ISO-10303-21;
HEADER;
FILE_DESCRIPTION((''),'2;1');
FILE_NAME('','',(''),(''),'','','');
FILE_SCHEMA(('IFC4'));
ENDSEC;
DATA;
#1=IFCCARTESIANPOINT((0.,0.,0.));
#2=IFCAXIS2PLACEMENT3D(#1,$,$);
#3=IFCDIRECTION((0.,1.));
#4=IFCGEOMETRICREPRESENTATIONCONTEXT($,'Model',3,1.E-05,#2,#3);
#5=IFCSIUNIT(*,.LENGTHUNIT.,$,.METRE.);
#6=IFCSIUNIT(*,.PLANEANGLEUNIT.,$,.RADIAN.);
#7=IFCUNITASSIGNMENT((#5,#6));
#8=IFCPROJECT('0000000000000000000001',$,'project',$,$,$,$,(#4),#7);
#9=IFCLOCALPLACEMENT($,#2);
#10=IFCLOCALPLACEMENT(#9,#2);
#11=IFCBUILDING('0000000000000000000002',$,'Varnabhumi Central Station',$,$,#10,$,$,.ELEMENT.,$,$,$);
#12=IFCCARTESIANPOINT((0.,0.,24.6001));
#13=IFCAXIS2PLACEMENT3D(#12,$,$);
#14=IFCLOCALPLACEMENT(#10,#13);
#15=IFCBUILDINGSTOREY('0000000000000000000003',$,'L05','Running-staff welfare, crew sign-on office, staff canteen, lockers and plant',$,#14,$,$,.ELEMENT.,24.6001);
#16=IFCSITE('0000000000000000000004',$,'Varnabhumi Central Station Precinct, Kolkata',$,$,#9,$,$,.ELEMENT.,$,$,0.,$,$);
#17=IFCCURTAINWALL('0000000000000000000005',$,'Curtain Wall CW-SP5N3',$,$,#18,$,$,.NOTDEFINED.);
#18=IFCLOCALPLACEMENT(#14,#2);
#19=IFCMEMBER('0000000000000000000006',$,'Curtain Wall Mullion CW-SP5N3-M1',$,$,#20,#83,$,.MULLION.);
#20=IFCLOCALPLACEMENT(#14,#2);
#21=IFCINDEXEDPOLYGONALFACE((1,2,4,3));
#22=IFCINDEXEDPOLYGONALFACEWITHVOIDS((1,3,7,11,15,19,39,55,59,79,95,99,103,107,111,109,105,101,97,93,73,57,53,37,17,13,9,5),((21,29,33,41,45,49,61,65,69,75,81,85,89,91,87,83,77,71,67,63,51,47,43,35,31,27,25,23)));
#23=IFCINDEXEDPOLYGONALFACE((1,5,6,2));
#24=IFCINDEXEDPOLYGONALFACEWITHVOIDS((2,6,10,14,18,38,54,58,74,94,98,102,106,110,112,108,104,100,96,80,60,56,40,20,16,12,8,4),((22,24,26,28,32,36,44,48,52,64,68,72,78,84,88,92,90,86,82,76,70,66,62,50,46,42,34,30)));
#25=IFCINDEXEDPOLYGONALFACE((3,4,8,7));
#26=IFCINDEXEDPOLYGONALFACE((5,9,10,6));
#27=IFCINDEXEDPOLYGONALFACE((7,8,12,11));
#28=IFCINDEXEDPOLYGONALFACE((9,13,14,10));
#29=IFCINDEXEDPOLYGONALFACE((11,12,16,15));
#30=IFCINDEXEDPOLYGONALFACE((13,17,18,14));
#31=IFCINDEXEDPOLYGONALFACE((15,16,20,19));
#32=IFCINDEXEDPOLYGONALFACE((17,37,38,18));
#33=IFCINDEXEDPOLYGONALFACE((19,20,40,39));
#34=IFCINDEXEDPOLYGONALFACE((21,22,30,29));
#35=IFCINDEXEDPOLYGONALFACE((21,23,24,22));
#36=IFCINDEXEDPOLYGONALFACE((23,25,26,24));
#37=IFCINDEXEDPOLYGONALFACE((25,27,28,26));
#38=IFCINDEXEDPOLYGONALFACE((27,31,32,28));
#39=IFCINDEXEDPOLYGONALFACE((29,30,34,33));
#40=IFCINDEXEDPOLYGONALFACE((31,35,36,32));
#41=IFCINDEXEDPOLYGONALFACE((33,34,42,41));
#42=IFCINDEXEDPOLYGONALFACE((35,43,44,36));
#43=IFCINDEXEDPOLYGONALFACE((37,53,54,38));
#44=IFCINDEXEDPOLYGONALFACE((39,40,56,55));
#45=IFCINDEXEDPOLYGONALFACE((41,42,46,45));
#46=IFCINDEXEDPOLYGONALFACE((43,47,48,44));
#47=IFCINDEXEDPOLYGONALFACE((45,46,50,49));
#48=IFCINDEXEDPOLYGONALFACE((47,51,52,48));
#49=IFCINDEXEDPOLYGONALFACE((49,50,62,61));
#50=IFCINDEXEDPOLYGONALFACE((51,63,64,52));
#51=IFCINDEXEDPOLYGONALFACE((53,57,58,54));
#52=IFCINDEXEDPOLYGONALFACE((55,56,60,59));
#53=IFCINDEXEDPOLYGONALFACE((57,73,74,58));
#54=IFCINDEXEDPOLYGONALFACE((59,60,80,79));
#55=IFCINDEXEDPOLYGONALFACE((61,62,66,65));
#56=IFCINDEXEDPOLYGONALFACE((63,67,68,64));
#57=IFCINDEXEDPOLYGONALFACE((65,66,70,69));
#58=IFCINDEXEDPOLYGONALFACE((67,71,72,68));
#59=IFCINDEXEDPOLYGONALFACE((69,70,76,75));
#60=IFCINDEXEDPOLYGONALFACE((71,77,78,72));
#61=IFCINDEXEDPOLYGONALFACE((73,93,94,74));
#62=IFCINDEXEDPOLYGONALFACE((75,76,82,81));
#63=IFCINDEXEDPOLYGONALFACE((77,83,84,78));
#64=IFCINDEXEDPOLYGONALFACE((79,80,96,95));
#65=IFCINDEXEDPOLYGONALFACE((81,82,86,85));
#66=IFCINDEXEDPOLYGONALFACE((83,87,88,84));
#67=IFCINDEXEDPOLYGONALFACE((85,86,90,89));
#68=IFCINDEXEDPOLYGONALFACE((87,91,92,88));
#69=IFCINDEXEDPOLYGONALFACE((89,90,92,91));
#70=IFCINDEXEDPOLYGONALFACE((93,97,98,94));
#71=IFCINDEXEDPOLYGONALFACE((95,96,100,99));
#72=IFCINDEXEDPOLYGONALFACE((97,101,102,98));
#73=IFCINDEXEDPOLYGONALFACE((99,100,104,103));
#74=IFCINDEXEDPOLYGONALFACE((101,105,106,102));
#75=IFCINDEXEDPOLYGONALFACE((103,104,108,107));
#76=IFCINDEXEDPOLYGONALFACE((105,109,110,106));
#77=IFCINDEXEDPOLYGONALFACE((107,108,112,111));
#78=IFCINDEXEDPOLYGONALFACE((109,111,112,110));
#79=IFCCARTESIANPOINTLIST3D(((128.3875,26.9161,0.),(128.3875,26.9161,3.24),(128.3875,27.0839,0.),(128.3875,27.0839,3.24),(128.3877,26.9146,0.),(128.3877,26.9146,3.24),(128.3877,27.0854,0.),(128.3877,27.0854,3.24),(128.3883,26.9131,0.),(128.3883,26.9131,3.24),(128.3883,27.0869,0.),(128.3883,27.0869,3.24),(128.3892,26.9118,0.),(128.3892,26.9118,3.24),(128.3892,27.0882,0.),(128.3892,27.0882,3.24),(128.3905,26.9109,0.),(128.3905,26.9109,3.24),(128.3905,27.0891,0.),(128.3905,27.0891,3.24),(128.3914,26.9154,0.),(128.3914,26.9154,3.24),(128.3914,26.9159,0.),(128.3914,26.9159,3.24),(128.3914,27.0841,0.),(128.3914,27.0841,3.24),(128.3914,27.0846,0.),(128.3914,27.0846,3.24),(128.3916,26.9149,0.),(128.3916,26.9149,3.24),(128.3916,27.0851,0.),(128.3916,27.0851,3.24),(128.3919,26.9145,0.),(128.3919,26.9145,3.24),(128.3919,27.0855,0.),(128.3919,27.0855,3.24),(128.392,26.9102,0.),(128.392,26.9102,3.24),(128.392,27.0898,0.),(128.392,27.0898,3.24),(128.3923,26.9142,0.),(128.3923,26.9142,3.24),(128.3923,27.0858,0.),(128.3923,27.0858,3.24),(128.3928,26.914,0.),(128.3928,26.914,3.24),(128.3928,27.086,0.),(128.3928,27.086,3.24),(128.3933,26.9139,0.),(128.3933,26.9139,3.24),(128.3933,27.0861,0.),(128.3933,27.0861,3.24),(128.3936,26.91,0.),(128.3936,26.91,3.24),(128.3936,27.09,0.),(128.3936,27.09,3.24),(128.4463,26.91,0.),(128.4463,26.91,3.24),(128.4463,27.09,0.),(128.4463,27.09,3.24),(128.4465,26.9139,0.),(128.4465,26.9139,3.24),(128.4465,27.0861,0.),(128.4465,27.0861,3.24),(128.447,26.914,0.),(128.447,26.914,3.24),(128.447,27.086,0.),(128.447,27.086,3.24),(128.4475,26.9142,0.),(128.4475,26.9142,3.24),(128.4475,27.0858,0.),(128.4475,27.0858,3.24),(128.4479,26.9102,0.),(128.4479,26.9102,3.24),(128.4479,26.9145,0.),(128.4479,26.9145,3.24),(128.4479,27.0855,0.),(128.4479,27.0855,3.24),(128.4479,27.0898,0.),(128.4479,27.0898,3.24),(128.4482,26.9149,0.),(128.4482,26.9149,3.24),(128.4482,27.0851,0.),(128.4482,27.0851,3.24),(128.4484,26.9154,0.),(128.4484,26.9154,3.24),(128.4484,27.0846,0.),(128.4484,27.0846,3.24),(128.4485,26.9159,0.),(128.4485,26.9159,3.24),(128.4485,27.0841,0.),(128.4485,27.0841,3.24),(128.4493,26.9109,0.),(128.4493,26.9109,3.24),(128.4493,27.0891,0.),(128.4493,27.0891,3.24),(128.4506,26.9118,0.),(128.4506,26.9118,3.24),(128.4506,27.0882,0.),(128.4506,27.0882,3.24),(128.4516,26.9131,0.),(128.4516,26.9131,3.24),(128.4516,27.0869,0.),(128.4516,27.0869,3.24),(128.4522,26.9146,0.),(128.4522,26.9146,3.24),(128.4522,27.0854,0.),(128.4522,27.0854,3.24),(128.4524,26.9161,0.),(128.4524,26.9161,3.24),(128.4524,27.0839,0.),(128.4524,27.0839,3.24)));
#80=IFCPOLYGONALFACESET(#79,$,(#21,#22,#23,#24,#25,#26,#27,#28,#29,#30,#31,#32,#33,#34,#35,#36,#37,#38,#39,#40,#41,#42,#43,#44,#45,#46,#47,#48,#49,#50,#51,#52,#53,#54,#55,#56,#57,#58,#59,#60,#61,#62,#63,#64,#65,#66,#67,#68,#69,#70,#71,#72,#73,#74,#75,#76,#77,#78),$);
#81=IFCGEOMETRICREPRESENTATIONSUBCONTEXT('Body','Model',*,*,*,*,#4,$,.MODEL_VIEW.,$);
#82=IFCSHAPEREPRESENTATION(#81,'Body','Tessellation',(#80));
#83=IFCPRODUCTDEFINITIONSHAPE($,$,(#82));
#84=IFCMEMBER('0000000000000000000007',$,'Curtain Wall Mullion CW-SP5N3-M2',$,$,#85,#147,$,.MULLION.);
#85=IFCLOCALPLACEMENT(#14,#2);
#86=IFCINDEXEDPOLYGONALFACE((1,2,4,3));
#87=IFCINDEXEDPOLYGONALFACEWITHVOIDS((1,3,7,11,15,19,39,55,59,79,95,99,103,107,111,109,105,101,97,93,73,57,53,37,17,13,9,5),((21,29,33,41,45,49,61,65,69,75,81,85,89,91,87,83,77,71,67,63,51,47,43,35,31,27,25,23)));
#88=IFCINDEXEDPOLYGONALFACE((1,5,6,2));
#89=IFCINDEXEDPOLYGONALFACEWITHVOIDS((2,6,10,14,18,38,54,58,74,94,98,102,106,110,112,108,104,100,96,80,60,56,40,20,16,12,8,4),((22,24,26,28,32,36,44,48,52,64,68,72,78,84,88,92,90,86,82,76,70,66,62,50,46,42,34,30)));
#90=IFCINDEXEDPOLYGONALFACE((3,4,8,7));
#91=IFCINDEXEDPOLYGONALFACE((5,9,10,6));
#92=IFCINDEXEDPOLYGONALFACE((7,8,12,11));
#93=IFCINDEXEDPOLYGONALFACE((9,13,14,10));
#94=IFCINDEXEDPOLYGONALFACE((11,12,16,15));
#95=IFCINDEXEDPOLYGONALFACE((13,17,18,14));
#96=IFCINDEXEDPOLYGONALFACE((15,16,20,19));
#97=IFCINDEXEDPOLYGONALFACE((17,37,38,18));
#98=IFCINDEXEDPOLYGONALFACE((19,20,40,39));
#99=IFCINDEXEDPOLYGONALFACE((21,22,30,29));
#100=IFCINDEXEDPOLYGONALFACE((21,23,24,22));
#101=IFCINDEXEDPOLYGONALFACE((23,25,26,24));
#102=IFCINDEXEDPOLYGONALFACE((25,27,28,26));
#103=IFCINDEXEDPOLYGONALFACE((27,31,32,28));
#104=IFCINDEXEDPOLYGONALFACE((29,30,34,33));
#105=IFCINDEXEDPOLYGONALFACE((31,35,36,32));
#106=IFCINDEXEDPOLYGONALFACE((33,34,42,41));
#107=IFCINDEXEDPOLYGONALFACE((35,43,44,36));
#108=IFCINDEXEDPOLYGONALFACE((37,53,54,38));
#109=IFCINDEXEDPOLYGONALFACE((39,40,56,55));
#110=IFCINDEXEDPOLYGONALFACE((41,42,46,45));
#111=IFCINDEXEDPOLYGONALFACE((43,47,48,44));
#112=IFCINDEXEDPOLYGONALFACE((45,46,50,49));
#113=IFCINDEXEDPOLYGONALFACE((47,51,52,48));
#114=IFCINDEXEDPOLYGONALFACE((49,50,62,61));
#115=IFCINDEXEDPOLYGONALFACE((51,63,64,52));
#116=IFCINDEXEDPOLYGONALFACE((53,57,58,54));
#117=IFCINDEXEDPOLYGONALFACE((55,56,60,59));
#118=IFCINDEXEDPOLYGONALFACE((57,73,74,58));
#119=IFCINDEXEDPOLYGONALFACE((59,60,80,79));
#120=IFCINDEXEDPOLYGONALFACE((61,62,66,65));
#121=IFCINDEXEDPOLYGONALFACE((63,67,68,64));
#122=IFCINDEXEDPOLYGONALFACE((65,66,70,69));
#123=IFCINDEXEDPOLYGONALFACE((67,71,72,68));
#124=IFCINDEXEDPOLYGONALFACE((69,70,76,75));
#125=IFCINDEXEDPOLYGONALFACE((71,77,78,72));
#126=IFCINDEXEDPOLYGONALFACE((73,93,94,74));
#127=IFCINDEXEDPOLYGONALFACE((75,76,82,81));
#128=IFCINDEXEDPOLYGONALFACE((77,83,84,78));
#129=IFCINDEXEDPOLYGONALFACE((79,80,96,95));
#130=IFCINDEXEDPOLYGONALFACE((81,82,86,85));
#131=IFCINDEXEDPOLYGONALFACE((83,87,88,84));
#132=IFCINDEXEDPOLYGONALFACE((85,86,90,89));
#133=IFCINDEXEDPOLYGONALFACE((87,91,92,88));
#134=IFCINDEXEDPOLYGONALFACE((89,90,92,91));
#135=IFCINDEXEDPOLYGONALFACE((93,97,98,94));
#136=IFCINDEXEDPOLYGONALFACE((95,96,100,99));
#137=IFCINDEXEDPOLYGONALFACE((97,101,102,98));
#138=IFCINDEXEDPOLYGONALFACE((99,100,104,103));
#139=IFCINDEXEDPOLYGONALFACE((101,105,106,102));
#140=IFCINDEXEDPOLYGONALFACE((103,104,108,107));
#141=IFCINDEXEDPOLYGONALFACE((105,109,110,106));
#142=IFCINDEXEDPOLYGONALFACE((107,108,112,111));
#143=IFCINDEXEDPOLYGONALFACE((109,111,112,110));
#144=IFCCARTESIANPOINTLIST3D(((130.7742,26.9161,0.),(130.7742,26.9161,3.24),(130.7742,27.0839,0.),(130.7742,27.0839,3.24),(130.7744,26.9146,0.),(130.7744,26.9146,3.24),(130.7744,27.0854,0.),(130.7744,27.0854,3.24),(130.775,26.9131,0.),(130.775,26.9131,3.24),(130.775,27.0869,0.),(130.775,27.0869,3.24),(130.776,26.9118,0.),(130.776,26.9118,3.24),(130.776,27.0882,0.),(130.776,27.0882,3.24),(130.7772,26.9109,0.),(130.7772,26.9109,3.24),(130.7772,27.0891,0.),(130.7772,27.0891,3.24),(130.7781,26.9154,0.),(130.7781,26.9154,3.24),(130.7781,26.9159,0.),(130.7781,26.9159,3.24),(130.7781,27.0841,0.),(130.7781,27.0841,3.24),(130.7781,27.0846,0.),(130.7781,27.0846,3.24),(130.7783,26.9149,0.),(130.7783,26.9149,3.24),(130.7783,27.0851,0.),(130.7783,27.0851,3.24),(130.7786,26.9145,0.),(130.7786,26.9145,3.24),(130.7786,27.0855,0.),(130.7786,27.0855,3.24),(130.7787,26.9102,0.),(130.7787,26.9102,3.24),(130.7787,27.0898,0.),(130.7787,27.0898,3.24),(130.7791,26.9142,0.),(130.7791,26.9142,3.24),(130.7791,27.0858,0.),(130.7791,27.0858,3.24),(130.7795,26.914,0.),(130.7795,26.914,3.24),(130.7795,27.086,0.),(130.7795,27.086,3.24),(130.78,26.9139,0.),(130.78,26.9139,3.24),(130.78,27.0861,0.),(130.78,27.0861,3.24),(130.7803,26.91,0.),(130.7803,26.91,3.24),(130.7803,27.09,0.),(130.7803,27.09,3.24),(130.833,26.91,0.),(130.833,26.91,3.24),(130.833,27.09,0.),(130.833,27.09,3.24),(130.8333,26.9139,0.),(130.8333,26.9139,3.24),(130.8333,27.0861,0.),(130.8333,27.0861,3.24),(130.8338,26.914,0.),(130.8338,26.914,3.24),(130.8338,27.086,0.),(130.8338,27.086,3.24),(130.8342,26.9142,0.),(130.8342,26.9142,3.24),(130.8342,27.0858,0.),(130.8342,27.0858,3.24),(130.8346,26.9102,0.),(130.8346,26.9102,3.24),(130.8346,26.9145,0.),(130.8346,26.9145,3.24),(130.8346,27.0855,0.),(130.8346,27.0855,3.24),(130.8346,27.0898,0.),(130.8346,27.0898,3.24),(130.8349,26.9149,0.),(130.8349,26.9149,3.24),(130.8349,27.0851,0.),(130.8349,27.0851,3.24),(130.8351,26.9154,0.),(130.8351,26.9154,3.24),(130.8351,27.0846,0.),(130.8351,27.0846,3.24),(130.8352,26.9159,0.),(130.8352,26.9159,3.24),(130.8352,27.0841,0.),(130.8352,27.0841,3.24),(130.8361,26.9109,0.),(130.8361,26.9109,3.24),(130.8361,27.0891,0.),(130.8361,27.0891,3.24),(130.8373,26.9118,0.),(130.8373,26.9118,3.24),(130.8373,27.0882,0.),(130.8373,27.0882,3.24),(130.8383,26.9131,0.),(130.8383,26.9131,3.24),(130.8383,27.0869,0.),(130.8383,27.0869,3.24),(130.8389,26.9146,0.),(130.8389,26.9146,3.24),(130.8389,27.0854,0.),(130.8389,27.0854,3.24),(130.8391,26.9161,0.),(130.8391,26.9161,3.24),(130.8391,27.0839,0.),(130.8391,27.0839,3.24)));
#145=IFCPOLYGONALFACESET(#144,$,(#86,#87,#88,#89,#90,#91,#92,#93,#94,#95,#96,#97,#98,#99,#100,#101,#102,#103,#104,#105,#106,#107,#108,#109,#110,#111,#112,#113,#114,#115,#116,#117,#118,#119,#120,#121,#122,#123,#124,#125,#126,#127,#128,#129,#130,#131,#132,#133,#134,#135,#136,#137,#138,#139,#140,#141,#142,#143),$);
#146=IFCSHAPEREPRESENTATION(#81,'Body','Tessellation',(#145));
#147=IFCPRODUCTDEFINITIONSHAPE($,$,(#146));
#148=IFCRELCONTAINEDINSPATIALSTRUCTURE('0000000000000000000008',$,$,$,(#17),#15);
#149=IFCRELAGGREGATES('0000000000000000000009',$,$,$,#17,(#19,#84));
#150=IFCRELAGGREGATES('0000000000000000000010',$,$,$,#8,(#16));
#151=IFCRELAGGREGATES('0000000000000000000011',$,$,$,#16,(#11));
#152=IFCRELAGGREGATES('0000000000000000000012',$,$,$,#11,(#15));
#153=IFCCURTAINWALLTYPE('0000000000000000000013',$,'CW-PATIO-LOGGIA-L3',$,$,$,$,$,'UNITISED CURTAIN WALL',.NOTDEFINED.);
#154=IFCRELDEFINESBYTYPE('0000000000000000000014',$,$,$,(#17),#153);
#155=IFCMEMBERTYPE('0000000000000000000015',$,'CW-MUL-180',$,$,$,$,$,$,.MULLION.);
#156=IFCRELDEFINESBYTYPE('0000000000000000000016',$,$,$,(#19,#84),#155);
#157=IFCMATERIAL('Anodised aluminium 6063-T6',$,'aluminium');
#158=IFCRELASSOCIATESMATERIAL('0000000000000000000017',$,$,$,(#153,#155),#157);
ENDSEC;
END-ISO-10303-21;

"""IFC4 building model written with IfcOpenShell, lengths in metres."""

from ifc_helpers import new_model, si_unit, direction, frame, origin, origin_2d, place, context, subcontext, project, spatial, hollow_rectangle, extrude, material, material_profile, profile_set, type_object, element, aggregate, save


model = new_model("IFC4")

# Units and contexts
model_context = context("Model", 3, precision=1e-05, world=origin(), true_north=direction((0.0, 1.0)))
body_context = subcontext(model_context, "Body", "Model", "MODEL_VIEW")
ifc_project = project(units=[si_unit("LENGTHUNIT", "METRE"), si_unit("PLANEANGLEUNIT", "RADIAN")], contexts=[model_context])

# Site, building, storey
site_placement = place(None, origin())
site = spatial("IfcSite", under=ifc_project, at=site_placement, Name="Varnabhumi Central Station Precinct, Kolkata", CompositionType="ELEMENT", RefElevation=0.0)
building_placement = place(site_placement, origin())
building = spatial("IfcBuilding", under=site, at=building_placement, Name="Varnabhumi Central Station", CompositionType="ELEMENT")
storey_placement = place(building_placement, frame((0.0, 0.0, 24.6001)))
storey = spatial("IfcBuildingStorey", under=building, at=storey_placement, Name="L05", Description="Running-staff welfare, crew sign-on office, staff canteen, lockers and plant", CompositionType="ELEMENT", Elevation=24.6001)

# Curtain wall, members
ifc_material_1 = material(Name="Anodised aluminium 6063-T6", Category="aluminium")
curtain_wall_type = type_object("IfcCurtainWallType", Name="CW-PATIO-LOGGIA-L3", ElementType="UNITISED CURTAIN WALL", PredefinedType="NOTDEFINED", material=ifc_material_1)
ifc_material_profile_1 = material_profile(ifc_material_1, hollow_rectangle(XDim=0.0649, YDim=0.1799, WallThickness=0.0039, InnerFilletRadius=0.002, OuterFilletRadius=0.0061, at=origin_2d()), Name="Anodised aluminium 6063-T6", Category="aluminium")
ifc_profile_set_1 = profile_set([ifc_material_profile_1], Name="Anodised aluminium 6063-T6")
member_type_1 = type_object("IfcMemberType", Name="CW-MUL-180", PredefinedType="MULLION", material=ifc_profile_set_1)
curtain_wall_1_placement = place(storey_placement, origin())
curtain_wall_1 = element("IfcCurtainWall", 1, at=curtain_wall_1_placement, inside=storey, type_object=curtain_wall_type, Name="Curtain Wall CW-SP5N3", PredefinedType="NOTDEFINED")
member_1_placement = place(storey_placement, frame((128.4199, 27.0, 0.0), z_axis=(0.0, 0.0, 1.0), x_axis=(1.0, 0.0, 0.0)))
member_1 = element("IfcMember", 2, at=member_1_placement, type_object=member_type_1, Name="Curtain Wall Mullion CW-SP5N3-M1", PredefinedType="MULLION", context=body_context, shape_type="SweptSolid", body=[
    extrude(hollow_rectangle(XDim=0.0649, YDim=0.1799, WallThickness=0.0039, InnerFilletRadius=0.002, OuterFilletRadius=0.0061, at=origin_2d()), origin(), (0.0, 0.0, 1.0), 3.24),
])
member_2_placement = place(storey_placement, frame((130.8066, 27.0, 0.0), z_axis=(0.0, 0.0, 1.0), x_axis=(1.0, 0.0, 0.0)))
member_2 = element("IfcMember", 3, at=member_2_placement, type_object=member_type_1, Name="Curtain Wall Mullion CW-SP5N3-M2", PredefinedType="MULLION", context=body_context, shape_type="SweptSolid", body=[
    extrude(hollow_rectangle(XDim=0.0649, YDim=0.1799, WallThickness=0.0039, InnerFilletRadius=0.002, OuterFilletRadius=0.0061, at=origin_2d()), origin(), (0.0, 0.0, 1.0), 3.24),
])

aggregate(curtain_wall_1, [member_1, member_2])

save(model, "model.ifc")
